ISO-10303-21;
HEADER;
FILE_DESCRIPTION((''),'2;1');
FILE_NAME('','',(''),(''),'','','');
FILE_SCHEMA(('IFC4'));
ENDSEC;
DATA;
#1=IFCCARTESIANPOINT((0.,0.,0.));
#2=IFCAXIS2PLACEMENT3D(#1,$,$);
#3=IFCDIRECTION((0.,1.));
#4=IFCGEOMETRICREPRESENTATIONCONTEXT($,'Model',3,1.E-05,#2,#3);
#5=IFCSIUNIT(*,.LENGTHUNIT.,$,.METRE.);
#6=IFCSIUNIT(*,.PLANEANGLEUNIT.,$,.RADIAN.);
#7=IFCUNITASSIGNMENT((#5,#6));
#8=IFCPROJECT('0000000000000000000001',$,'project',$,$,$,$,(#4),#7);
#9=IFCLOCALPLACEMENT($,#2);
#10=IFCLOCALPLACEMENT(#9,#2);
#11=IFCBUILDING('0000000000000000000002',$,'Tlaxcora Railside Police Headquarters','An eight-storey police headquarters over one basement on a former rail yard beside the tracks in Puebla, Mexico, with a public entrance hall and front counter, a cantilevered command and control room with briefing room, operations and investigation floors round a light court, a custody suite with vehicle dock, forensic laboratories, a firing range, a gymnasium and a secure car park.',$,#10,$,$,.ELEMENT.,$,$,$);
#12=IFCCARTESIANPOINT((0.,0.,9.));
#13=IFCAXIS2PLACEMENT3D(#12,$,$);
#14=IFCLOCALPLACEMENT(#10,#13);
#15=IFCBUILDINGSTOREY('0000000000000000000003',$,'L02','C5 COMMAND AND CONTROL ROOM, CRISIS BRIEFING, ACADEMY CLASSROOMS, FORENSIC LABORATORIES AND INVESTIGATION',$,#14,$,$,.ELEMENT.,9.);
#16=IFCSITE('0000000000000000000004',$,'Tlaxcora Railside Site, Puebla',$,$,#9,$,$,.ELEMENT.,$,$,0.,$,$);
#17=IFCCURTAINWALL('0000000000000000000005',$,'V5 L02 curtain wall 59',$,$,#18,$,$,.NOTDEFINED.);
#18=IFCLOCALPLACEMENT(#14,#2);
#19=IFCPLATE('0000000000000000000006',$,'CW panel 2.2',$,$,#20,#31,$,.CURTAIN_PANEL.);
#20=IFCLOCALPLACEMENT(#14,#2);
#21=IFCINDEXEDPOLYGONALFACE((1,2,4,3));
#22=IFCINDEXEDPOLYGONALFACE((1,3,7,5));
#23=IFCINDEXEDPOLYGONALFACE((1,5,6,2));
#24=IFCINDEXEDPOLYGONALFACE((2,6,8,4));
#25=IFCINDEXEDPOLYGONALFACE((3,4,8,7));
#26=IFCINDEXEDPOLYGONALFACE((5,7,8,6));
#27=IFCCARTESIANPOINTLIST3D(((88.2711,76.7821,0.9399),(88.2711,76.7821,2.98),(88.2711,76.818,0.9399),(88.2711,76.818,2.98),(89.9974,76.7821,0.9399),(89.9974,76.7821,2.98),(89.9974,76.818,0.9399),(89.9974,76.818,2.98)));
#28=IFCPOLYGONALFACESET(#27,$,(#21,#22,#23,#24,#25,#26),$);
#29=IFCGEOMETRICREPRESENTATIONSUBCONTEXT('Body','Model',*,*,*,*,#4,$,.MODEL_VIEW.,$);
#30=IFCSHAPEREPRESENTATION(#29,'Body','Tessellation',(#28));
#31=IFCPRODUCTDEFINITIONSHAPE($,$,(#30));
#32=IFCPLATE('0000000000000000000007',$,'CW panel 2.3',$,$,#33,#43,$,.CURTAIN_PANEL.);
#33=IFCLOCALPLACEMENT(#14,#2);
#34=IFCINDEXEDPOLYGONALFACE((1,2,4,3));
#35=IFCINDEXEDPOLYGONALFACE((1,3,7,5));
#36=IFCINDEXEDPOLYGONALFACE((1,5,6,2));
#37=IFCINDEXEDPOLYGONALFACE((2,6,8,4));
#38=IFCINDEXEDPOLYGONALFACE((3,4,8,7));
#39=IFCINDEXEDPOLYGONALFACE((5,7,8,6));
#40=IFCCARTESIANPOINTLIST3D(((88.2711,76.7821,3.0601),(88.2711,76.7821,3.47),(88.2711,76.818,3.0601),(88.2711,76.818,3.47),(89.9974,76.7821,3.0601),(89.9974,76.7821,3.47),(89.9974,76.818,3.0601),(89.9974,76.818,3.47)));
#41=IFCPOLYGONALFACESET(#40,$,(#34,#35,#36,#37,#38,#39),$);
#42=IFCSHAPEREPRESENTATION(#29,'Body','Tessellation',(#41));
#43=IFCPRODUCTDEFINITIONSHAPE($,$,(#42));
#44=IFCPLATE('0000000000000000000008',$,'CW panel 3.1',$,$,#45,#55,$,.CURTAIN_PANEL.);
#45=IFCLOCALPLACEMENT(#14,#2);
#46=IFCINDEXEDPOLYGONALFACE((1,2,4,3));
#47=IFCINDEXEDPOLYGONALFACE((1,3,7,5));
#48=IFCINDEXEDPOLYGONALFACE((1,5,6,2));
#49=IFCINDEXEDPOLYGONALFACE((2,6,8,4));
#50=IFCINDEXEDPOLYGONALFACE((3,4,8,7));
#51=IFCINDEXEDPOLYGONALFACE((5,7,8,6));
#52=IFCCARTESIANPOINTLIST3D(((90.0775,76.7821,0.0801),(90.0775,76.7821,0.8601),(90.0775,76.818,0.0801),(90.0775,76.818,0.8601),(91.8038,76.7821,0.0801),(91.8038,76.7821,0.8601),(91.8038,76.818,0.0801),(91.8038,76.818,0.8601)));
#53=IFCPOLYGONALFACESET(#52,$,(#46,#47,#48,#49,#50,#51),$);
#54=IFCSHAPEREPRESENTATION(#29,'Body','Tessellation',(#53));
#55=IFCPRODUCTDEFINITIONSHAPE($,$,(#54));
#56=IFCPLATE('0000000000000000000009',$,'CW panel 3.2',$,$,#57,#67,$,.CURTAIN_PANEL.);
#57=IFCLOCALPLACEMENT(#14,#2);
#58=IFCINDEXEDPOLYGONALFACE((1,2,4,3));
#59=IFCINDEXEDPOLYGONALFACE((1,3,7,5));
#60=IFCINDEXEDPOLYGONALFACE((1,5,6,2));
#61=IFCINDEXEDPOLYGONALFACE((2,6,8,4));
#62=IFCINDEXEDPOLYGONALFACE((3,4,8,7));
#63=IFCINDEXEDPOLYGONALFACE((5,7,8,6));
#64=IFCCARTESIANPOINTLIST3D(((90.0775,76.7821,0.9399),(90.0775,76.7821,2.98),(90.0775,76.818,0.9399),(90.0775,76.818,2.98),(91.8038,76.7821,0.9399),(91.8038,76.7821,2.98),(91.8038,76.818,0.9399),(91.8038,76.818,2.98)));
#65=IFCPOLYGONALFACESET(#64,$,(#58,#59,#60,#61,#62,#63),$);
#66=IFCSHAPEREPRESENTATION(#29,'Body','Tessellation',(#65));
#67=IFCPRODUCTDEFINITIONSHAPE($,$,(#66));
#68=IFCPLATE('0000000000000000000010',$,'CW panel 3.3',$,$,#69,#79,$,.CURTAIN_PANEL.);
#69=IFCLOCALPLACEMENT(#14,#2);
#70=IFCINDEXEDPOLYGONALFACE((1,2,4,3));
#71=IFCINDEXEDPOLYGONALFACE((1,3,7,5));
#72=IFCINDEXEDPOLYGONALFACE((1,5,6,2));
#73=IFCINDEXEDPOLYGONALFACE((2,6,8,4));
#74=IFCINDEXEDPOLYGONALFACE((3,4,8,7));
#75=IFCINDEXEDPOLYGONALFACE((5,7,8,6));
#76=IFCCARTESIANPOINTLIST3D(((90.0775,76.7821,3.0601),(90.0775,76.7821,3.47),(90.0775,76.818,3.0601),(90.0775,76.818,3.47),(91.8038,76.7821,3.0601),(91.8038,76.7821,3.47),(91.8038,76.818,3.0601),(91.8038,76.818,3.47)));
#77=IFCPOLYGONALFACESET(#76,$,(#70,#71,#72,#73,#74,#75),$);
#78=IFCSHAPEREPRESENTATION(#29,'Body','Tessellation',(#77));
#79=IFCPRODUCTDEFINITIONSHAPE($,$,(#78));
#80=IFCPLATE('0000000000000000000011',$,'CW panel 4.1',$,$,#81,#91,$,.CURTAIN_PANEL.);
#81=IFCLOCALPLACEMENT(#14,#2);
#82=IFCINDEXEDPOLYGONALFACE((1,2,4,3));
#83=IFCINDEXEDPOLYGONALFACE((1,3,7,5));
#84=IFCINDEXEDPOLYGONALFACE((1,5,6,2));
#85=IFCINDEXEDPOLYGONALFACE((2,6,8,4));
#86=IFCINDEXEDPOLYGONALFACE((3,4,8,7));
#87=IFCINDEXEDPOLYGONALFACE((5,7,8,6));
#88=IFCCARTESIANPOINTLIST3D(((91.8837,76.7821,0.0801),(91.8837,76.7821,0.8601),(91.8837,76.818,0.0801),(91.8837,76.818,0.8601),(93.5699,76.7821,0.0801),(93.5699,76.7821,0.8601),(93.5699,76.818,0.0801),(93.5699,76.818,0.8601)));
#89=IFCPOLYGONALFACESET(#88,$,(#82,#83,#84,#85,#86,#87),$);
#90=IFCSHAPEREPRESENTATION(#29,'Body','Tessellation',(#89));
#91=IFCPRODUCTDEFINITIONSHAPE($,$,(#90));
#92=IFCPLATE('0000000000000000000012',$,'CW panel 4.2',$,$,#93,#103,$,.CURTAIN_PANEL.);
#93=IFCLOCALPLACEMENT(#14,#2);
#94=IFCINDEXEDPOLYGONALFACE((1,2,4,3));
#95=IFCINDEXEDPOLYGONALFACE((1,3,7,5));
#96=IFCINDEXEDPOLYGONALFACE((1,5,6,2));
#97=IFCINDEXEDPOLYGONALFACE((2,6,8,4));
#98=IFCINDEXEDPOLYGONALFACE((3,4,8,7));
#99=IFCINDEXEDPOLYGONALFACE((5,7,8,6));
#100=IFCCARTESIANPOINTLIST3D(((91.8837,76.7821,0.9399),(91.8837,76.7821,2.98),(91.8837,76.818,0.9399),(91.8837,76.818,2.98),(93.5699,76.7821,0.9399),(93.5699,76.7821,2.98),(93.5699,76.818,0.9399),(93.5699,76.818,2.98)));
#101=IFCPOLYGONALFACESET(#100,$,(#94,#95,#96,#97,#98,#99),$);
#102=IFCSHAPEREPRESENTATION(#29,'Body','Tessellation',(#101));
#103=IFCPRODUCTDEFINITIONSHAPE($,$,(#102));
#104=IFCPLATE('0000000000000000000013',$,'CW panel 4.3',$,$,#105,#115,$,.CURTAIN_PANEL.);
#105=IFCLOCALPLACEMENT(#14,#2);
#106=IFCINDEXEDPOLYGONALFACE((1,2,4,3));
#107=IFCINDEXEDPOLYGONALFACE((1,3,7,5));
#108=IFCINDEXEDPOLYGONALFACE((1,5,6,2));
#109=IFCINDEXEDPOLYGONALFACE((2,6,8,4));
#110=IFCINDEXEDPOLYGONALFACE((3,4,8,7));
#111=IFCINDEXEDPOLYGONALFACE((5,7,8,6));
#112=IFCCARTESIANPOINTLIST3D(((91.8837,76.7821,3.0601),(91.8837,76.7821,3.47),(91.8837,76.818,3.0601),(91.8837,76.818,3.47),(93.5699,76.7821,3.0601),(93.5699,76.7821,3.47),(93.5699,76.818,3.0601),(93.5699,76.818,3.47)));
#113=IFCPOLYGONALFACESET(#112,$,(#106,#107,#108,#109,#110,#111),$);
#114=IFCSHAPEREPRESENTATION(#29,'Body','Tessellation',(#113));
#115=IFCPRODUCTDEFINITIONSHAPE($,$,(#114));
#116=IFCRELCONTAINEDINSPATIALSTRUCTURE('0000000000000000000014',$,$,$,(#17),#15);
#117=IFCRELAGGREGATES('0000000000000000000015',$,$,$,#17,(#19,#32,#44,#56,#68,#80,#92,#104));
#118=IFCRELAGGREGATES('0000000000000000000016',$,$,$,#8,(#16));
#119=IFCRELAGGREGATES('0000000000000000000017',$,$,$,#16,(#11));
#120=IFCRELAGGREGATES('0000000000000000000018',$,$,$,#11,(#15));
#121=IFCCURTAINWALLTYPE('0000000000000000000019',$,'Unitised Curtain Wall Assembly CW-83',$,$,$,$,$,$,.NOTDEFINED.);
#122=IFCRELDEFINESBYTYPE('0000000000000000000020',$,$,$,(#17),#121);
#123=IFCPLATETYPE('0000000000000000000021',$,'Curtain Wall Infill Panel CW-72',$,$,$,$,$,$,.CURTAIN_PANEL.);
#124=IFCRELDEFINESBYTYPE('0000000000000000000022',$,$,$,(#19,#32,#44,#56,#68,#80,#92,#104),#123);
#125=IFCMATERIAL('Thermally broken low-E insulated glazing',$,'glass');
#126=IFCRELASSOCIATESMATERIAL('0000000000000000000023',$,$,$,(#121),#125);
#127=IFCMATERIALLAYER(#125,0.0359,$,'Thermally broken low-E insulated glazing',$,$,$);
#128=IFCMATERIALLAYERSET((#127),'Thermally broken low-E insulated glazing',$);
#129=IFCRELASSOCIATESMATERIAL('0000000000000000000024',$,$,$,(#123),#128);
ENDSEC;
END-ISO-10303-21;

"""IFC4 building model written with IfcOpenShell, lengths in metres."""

from ifc_helpers import new_model, si_unit, direction, frame, origin, origin_2d, place, context, subcontext, project, spatial, rectangle, extrude, material, layer, layer_set, type_object, element, aggregate, save


model = new_model("IFC4")

# Units and contexts
model_context = context("Model", 3, precision=1e-05, world=origin(), true_north=direction((0.0, 1.0)))
body_context = subcontext(model_context, "Body", "Model", "MODEL_VIEW")
ifc_project = project(units=[si_unit("LENGTHUNIT", "METRE"), si_unit("PLANEANGLEUNIT", "RADIAN")], contexts=[model_context])

# Site, building, storey
site_placement = place(None, origin())
site = spatial("IfcSite", under=ifc_project, at=site_placement, Name="Tlaxcora Railside Site, Puebla", CompositionType="ELEMENT", RefElevation=0.0)
building_placement = place(site_placement, origin())
building = spatial("IfcBuilding", under=site, at=building_placement, Name="Tlaxcora Railside Police Headquarters", Description="An eight-storey police headquarters over one basement on a former rail yard beside the tracks in Puebla, Mexico, with a public entrance hall and front counter, a cantilevered command and control room with briefing room, operations and investigation floors round a light court, a custody suite with vehicle dock, forensic laboratories, a firing range, a gymnasium and a secure car park.", CompositionType="ELEMENT")
storey_placement = place(building_placement, frame((0.0, 0.0, 9.0)))
storey = spatial("IfcBuildingStorey", under=building, at=storey_placement, Name="L02", Description="C5 COMMAND AND CONTROL ROOM, CRISIS BRIEFING, ACADEMY CLASSROOMS, FORENSIC LABORATORIES AND INVESTIGATION", CompositionType="ELEMENT", Elevation=9.0)

# Curtain wall
ifc_material_1 = material(Name="Thermally broken low-E insulated glazing", Category="glass")
curtain_wall_type = type_object("IfcCurtainWallType", Name="Unitised Curtain Wall Assembly CW-83", PredefinedType="NOTDEFINED", material=ifc_material_1)
curtain_wall_placement = place(storey_placement, origin())
curtain_wall = element("IfcCurtainWall", 1, at=curtain_wall_placement, inside=storey, type_object=curtain_wall_type, Name="V5 L02 curtain wall 59", PredefinedType="NOTDEFINED")

# Plates
ifc_layer = layer(ifc_material_1, 0.0359, Name="Thermally broken low-E insulated glazing")
ifc_layer_set = layer_set([ifc_layer], Name="Thermally broken low-E insulated glazing")
plate_type = type_object("IfcPlateType", Name="Curtain Wall Infill Panel CW-72", PredefinedType="CURTAIN_PANEL", material=ifc_layer_set)
plate_1_placement = place(storey_placement, frame((89.1343, 76.8, 0.9399), z_axis=(0.0, 0.0, 1.0), x_axis=(1.0, 0.0, 0.0)))
plate_1 = element("IfcPlate", 2, at=plate_1_placement, type_object=plate_type, Name="CW panel 2.2", PredefinedType="CURTAIN_PANEL", context=body_context, shape_type="SweptSolid", body=[
    extrude(rectangle(XDim=1.7263, YDim=0.0359, at=origin_2d()), origin(), (0.0, 0.0, 1.0), 2.04),
])
plate_2_placement = place(storey_placement, frame((89.1343, 76.8, 3.0601), z_axis=(0.0, 0.0, 1.0), x_axis=(1.0, 0.0, 0.0)))
plate_2 = element("IfcPlate", 3, at=plate_2_placement, type_object=plate_type, Name="CW panel 2.3", PredefinedType="CURTAIN_PANEL", context=body_context, shape_type="SweptSolid", body=[
    extrude(rectangle(XDim=1.7263, YDim=0.0359, at=origin_2d()), origin(), (0.0, 0.0, 1.0), 0.4099),
])
plate_3_placement = place(storey_placement, frame((90.9407, 76.8, 0.0801), z_axis=(0.0, 0.0, 1.0), x_axis=(1.0, 0.0, 0.0)))
plate_3 = element("IfcPlate", 4, at=plate_3_placement, type_object=plate_type, Name="CW panel 3.1", PredefinedType="CURTAIN_PANEL", context=body_context, shape_type="SweptSolid", body=[
    extrude(rectangle(XDim=1.7263, YDim=0.0359, at=origin_2d()), origin(), (0.0, 0.0, 1.0), 0.78),
])
plate_4_placement = place(storey_placement, frame((90.9407, 76.8, 0.9399), z_axis=(0.0, 0.0, 1.0), x_axis=(1.0, 0.0, 0.0)))
plate_4 = element("IfcPlate", 5, at=plate_4_placement, type_object=plate_type, Name="CW panel 3.2", PredefinedType="CURTAIN_PANEL", context=body_context, shape_type="SweptSolid", body=[
    extrude(rectangle(XDim=1.7263, YDim=0.0359, at=origin_2d()), origin(), (0.0, 0.0, 1.0), 2.04),
])
plate_5_placement = place(storey_placement, frame((90.9407, 76.8, 3.0601), z_axis=(0.0, 0.0, 1.0), x_axis=(1.0, 0.0, 0.0)))
plate_5 = element("IfcPlate", 6, at=plate_5_placement, type_object=plate_type, Name="CW panel 3.3", PredefinedType="CURTAIN_PANEL", context=body_context, shape_type="SweptSolid", body=[
    extrude(rectangle(XDim=1.7263, YDim=0.0359, at=origin_2d()), origin(), (0.0, 0.0, 1.0), 0.4099),
])
plate_6_placement = place(storey_placement, frame((92.7268, 76.8, 0.0801), z_axis=(0.0, 0.0, 1.0), x_axis=(1.0, 0.0, 0.0)))
plate_6 = element("IfcPlate", 7, at=plate_6_placement, type_object=plate_type, Name="CW panel 4.1", PredefinedType="CURTAIN_PANEL", context=body_context, shape_type="SweptSolid", body=[
    extrude(rectangle(XDim=1.6863, YDim=0.0359, at=origin_2d()), origin(), (0.0, 0.0, 1.0), 0.78),
])
plate_7_placement = place(storey_placement, frame((92.7268, 76.8, 0.9399), z_axis=(0.0, 0.0, 1.0), x_axis=(1.0, 0.0, 0.0)))
plate_7 = element("IfcPlate", 8, at=plate_7_placement, type_object=plate_type, Name="CW panel 4.2", PredefinedType="CURTAIN_PANEL", context=body_context, shape_type="SweptSolid", body=[
    extrude(rectangle(XDim=1.6863, YDim=0.0359, at=origin_2d()), origin(), (0.0, 0.0, 1.0), 2.04),
])
plate_8_placement = place(storey_placement, frame((92.7268, 76.8, 3.0601), z_axis=(0.0, 0.0, 1.0), x_axis=(1.0, 0.0, 0.0)))
plate_8 = element("IfcPlate", 9, at=plate_8_placement, type_object=plate_type, Name="CW panel 4.3", PredefinedType="CURTAIN_PANEL", context=body_context, shape_type="SweptSolid", body=[
    extrude(rectangle(XDim=1.6863, YDim=0.0359, at=origin_2d()), origin(), (0.0, 0.0, 1.0), 0.4099),
])
aggregate(curtain_wall, [plate_1, plate_2, plate_3, plate_4, plate_5, plate_6, plate_7, plate_8])

save(model, "model.ifc")
